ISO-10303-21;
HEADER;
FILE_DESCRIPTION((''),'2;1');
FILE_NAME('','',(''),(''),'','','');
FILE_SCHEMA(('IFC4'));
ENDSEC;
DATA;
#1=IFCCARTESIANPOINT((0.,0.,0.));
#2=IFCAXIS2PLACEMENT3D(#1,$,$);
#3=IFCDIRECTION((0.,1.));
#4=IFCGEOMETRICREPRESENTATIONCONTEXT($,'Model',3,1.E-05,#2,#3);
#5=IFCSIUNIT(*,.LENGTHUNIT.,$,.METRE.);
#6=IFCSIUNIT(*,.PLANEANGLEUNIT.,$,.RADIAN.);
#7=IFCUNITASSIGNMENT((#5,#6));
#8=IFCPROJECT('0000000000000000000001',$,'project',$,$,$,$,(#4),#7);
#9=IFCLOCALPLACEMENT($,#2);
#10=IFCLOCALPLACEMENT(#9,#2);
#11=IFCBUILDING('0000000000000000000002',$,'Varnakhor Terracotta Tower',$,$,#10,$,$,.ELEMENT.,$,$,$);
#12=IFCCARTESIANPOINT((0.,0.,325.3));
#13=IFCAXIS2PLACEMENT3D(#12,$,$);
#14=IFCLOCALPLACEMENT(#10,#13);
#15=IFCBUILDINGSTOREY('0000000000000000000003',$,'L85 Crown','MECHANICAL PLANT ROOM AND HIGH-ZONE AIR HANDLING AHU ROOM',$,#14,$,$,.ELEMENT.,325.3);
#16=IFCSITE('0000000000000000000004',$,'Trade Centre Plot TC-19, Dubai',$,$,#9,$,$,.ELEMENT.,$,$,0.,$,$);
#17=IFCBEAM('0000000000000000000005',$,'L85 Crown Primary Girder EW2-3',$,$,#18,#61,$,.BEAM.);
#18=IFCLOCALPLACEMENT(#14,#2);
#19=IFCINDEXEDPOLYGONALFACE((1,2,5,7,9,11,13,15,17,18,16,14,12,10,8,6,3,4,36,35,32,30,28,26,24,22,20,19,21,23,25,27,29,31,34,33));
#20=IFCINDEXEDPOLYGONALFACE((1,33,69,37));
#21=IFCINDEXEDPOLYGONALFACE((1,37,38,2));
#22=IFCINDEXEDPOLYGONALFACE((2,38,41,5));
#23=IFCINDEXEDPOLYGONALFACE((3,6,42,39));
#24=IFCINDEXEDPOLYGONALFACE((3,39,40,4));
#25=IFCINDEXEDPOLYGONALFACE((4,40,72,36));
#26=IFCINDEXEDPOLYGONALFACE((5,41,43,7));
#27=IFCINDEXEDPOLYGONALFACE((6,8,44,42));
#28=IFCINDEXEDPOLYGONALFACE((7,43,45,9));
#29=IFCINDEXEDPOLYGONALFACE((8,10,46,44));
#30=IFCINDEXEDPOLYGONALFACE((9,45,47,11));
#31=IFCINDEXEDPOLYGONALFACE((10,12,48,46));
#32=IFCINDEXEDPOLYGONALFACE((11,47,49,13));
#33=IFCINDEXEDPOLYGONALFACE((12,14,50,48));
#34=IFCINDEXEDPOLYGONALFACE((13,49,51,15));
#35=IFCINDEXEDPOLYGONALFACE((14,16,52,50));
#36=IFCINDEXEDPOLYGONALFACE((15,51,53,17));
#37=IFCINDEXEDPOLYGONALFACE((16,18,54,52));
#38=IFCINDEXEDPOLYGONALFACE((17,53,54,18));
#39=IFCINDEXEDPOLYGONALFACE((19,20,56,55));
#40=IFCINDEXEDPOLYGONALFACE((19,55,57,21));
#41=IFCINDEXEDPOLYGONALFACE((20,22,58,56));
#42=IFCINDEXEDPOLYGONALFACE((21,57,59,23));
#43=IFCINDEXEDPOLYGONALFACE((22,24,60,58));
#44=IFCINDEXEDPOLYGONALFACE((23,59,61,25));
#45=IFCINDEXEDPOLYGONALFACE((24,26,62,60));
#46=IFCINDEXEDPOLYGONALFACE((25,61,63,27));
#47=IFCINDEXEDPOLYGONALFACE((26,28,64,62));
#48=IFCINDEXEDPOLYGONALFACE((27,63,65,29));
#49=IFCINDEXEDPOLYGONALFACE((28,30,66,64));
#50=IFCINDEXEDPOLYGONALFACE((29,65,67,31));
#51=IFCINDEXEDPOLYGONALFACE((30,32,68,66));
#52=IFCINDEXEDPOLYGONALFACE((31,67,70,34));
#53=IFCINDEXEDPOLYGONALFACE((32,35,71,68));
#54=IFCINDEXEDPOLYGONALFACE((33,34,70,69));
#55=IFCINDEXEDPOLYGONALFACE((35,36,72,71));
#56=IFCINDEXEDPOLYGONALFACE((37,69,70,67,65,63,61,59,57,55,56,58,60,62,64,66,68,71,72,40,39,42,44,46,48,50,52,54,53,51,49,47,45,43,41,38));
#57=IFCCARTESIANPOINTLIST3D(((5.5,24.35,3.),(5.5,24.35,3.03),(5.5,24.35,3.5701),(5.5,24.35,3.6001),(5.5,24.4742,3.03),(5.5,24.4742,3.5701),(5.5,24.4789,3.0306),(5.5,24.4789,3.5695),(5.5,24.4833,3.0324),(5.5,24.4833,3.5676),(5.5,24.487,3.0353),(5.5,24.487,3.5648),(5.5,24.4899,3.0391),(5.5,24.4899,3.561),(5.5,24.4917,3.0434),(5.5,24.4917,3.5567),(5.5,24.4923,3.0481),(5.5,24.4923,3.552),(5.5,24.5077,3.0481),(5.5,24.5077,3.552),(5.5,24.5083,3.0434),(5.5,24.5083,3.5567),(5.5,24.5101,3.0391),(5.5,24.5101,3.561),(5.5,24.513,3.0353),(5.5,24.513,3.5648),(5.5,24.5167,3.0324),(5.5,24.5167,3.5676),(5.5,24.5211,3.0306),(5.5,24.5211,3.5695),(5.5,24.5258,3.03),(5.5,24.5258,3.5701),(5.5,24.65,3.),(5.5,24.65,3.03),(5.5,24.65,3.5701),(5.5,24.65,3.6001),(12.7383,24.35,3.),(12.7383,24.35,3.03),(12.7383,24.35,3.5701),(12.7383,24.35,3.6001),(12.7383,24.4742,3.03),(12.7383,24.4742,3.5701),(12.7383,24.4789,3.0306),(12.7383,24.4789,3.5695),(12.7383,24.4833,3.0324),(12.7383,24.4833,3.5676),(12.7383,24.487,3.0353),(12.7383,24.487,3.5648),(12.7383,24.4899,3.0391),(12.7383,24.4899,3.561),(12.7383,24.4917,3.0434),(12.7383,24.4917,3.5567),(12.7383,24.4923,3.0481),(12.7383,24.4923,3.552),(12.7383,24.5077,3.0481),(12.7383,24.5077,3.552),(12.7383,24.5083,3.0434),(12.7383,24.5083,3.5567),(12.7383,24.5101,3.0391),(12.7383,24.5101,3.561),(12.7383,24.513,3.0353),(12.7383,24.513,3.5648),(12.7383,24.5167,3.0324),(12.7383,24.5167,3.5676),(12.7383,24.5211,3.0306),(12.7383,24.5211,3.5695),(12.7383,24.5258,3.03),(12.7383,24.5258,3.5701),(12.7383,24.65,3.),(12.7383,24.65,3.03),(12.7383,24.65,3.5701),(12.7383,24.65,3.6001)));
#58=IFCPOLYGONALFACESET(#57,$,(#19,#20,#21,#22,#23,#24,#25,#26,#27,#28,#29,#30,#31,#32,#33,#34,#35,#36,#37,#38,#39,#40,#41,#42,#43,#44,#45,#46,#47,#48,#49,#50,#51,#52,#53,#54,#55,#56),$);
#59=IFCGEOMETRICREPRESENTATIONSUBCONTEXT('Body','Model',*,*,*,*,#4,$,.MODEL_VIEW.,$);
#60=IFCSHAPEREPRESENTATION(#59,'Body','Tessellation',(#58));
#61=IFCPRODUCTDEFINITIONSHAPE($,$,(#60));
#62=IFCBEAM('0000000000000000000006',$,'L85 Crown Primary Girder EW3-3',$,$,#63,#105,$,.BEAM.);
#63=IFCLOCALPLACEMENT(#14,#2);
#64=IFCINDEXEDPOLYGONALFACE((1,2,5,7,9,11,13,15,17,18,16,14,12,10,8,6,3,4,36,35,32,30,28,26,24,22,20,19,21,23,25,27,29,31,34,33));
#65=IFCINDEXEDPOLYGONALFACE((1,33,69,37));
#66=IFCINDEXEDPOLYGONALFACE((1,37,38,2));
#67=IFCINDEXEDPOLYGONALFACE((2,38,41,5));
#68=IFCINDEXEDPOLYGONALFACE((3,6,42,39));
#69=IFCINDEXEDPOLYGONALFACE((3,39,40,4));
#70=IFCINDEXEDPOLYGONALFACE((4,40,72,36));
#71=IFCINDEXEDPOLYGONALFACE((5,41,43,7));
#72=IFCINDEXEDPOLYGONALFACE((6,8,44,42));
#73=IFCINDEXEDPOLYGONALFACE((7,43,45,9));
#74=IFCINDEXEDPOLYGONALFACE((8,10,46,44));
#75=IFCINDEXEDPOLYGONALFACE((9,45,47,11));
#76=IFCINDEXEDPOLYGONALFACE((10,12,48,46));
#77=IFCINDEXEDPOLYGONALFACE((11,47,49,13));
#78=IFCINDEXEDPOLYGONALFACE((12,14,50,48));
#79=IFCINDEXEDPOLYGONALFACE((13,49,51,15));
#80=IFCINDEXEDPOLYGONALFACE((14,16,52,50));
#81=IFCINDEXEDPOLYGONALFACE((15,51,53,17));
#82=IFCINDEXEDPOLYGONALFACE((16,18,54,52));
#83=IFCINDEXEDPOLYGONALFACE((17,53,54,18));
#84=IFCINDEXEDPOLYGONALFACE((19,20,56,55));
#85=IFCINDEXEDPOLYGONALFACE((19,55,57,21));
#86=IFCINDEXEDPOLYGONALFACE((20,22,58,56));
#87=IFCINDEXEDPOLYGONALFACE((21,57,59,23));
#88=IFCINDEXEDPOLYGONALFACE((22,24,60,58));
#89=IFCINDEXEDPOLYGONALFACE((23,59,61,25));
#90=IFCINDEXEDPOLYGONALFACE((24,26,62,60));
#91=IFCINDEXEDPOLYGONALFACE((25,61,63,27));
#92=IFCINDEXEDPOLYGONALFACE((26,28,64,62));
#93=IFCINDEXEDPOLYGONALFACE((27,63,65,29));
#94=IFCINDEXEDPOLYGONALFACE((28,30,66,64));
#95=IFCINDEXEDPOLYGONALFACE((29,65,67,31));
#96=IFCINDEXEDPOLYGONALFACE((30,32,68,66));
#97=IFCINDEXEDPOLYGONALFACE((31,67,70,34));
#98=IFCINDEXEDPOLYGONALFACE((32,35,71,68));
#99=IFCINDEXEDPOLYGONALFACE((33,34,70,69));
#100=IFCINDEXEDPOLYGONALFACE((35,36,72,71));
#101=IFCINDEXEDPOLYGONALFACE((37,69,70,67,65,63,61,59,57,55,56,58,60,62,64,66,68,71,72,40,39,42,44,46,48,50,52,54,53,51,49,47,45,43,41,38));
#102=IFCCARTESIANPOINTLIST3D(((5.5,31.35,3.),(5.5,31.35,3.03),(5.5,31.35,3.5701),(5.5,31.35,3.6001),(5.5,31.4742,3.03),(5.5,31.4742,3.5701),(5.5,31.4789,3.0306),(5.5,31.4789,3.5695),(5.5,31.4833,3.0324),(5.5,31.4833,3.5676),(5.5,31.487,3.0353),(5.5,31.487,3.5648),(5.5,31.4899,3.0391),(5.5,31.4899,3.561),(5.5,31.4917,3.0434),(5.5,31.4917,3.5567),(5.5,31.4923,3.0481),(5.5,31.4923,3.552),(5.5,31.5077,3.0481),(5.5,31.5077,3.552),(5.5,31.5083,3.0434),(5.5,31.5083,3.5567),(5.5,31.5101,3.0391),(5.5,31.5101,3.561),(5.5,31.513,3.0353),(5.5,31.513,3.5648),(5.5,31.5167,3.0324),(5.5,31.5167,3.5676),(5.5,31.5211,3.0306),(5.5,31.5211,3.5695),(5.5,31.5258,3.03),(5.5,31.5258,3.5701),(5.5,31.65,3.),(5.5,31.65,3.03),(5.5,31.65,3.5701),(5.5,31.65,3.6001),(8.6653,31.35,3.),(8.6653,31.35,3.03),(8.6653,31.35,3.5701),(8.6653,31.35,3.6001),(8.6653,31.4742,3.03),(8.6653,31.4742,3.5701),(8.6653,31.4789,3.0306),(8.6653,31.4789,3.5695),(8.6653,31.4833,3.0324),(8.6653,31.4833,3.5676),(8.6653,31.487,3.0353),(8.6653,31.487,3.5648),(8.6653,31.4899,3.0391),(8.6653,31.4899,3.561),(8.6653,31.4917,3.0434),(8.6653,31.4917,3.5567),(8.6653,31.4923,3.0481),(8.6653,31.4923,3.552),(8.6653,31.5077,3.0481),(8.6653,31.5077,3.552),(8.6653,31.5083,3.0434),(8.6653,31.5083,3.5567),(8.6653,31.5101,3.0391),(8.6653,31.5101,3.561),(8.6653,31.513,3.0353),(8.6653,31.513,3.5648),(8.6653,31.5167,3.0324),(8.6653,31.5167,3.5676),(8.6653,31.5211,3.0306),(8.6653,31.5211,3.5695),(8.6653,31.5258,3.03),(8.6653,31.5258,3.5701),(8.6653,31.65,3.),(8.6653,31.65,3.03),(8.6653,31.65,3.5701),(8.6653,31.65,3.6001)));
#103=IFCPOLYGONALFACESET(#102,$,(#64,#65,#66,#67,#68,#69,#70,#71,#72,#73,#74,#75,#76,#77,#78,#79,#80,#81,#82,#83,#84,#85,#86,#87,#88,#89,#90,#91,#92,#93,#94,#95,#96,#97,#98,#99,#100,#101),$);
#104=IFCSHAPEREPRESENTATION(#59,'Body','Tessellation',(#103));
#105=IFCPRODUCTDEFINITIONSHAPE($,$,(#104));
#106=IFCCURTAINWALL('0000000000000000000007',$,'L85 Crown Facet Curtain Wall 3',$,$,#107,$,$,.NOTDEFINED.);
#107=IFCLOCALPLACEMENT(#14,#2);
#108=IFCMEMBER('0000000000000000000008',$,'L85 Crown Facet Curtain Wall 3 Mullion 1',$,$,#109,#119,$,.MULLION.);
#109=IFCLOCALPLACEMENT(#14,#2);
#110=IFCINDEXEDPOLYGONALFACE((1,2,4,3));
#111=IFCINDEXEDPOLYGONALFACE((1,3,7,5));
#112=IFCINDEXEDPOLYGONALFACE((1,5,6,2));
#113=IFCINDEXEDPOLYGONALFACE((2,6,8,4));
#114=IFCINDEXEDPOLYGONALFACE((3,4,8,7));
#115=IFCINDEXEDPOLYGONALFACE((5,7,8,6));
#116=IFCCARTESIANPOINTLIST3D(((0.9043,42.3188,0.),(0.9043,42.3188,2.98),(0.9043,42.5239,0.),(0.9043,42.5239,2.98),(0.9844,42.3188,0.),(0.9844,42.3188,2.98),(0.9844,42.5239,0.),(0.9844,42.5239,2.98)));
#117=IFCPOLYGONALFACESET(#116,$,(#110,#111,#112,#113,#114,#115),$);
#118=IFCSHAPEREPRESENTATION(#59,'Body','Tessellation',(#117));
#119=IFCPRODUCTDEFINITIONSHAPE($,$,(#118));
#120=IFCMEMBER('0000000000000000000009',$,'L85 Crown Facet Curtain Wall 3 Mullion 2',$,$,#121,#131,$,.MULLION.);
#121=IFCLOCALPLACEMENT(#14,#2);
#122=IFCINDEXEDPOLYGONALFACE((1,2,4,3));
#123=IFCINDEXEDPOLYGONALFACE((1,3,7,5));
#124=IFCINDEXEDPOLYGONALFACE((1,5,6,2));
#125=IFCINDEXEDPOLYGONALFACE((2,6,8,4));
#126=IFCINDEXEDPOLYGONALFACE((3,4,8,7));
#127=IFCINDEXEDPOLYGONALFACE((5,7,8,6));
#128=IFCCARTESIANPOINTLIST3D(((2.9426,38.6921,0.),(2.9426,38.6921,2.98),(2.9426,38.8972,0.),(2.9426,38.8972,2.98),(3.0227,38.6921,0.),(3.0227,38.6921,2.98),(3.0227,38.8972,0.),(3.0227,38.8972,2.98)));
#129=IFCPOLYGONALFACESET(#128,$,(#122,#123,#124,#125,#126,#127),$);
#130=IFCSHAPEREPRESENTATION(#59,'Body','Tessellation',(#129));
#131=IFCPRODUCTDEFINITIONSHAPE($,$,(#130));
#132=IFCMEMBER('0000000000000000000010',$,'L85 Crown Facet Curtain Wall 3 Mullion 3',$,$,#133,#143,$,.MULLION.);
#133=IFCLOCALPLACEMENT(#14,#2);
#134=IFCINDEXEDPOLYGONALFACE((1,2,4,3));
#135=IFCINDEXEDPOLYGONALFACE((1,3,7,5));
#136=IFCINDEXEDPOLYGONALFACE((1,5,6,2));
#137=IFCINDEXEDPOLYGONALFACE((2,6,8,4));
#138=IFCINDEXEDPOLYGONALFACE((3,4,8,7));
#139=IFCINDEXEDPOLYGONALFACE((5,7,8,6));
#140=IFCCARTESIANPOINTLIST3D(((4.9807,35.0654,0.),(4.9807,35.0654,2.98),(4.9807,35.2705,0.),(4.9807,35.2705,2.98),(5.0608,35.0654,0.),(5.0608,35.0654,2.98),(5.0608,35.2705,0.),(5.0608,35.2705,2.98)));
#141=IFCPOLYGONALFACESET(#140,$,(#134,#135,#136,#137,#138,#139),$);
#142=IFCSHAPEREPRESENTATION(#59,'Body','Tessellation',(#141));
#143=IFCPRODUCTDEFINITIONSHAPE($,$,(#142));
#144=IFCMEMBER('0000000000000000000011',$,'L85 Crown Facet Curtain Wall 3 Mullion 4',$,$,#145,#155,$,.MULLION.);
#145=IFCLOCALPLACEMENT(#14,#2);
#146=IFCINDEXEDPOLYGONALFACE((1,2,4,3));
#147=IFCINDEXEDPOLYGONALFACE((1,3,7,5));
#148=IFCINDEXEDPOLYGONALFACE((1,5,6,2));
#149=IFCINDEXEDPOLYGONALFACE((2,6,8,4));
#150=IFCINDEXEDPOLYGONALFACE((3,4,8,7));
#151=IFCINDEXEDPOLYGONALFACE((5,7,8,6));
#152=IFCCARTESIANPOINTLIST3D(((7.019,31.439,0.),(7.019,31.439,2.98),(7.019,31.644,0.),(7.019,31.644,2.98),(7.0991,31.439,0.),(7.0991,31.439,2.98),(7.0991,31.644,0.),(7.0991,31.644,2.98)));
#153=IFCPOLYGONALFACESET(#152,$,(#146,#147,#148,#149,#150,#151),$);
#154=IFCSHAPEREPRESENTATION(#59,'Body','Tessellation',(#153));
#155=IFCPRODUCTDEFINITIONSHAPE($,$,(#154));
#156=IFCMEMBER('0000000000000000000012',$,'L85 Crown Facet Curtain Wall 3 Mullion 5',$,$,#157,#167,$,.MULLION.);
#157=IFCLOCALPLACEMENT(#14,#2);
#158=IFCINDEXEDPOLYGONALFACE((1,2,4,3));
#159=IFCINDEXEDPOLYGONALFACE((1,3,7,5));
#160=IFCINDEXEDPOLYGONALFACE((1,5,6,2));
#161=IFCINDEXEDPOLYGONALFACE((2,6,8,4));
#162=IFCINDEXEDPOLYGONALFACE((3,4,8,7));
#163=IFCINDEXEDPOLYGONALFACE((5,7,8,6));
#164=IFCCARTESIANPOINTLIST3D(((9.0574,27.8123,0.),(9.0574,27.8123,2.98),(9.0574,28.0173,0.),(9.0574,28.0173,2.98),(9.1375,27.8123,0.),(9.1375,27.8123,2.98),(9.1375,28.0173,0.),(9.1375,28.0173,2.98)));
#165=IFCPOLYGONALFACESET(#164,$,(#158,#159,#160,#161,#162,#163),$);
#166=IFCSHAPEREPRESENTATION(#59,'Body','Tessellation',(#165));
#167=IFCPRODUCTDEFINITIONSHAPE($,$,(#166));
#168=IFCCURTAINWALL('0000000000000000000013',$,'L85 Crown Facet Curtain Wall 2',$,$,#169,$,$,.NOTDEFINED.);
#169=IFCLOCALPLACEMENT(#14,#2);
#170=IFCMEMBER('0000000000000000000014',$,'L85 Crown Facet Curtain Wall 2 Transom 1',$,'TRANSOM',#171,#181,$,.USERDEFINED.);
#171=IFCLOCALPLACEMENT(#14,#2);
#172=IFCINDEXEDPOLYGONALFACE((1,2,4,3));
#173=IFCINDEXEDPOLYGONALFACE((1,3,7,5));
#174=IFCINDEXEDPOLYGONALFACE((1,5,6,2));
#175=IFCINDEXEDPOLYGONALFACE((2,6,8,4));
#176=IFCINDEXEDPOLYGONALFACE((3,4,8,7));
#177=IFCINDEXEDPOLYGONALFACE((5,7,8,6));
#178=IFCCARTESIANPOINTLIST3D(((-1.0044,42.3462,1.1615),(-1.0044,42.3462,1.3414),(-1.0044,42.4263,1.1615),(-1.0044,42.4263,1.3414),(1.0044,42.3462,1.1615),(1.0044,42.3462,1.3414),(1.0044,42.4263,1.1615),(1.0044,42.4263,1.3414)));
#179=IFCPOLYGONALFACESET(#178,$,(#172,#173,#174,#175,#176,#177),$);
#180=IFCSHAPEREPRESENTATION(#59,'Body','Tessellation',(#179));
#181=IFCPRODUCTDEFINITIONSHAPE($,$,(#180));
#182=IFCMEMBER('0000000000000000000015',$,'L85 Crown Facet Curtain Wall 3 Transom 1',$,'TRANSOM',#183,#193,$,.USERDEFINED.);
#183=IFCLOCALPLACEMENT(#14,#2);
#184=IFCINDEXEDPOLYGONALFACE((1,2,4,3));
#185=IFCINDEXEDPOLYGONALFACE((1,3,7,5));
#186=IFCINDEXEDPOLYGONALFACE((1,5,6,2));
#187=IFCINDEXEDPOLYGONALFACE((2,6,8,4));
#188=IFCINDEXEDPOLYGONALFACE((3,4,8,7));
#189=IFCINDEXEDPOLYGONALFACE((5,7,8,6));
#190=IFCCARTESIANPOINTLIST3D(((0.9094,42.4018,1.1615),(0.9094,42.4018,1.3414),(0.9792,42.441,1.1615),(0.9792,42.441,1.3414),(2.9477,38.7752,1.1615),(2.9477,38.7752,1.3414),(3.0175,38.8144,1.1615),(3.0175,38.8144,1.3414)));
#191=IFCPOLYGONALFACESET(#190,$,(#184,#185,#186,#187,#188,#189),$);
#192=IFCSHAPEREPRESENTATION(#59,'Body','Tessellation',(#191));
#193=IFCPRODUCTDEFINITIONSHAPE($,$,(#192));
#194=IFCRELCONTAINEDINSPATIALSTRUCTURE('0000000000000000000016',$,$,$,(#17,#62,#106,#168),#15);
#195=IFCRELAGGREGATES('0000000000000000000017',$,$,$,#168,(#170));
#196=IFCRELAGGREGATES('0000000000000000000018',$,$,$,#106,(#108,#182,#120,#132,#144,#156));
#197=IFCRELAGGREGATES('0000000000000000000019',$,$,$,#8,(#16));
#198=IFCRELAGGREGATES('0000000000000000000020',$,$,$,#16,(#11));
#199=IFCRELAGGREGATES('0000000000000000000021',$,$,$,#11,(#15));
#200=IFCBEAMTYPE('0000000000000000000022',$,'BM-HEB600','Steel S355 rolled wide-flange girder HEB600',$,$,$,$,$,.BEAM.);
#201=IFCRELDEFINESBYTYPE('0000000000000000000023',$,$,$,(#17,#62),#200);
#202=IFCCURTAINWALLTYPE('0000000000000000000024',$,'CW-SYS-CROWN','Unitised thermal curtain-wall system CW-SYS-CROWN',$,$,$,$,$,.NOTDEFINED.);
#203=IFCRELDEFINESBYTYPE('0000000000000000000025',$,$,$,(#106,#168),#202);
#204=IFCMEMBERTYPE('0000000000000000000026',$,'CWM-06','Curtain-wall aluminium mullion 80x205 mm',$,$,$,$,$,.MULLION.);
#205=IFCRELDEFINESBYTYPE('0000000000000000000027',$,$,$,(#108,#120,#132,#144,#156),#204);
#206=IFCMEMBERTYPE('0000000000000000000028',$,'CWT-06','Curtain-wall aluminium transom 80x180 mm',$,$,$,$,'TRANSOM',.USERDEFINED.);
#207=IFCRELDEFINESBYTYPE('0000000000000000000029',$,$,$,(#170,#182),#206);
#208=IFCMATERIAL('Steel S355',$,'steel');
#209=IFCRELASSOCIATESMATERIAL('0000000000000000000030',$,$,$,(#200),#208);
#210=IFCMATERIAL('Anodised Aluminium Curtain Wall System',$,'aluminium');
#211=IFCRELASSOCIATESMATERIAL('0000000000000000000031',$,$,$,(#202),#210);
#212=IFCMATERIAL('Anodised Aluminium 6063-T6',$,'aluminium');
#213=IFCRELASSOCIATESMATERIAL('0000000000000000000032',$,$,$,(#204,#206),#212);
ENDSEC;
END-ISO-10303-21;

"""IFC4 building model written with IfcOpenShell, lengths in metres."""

from ifc_helpers import new_model, si_unit, direction, frame, origin, origin_2d, place, context, subcontext, project, spatial, rectangle, i_section, extrude, source, transform, mapped, material, material_profile, profile_set, type_object, type_shapes, element, aggregate, save


model = new_model("IFC4")

# Units and contexts
model_context = context("Model", 3, precision=1e-05, world=origin(), true_north=direction((0.0, 1.0)))
body_context = subcontext(model_context, "Body", "Model", "MODEL_VIEW")
ifc_project = project(units=[si_unit("LENGTHUNIT", "METRE"), si_unit("PLANEANGLEUNIT", "RADIAN")], contexts=[model_context])

# Site, building, storey
site_placement = place(None, origin())
site = spatial("IfcSite", under=ifc_project, at=site_placement, Name="Trade Centre Plot TC-19, Dubai", CompositionType="ELEMENT", RefElevation=0.0)
building_placement = place(site_placement, origin())
building = spatial("IfcBuilding", under=site, at=building_placement, Name="Varnakhor Terracotta Tower", CompositionType="ELEMENT")
storey_placement = place(building_placement, frame((0.0, 0.0, 325.3)))
storey = spatial("IfcBuildingStorey", under=building, at=storey_placement, Name="L85 Crown", Description="MECHANICAL PLANT ROOM AND HIGH-ZONE AIR HANDLING AHU ROOM", CompositionType="ELEMENT", Elevation=325.3)

# Shared definitions
ifc_material_1 = material(Name="Steel S355", Category="steel")

# Beams
ifc_material_profile_1 = material_profile(ifc_material_1, i_section(OverallWidth=0.3, OverallDepth=0.6001, WebThickness=0.0154, FlangeThickness=0.03, FilletRadius=0.0181, at=origin_2d()), Name="HEB600")
ifc_profile_set_1 = profile_set([ifc_material_profile_1], Name="Steel S355")
beam_type = type_object("IfcBeamType", Name="BM-HEB600", Description="Steel S355 rolled wide-flange girder HEB600", PredefinedType="BEAM", material=ifc_profile_set_1)
shared_shape_1 = source(origin(), body_context, "Body", "SweptSolid", [
    extrude(i_section(OverallWidth=0.3, OverallDepth=0.6001, WebThickness=0.0154, FlangeThickness=0.03, FilletRadius=0.0181, at=origin_2d()), origin(), (0.0, 0.0, 1.0), 7.2383),
])
beam_1_placement = place(storey_placement, frame((5.5, 24.5, 3.3), z_axis=(1.0, 0.0, 0.0), x_axis=(0.0, 1.0, 0.0)))
element("IfcBeam", 1, at=beam_1_placement, inside=storey, type_object=beam_type, Name="L85 Crown Primary Girder EW2-3", PredefinedType="BEAM", context=body_context, shape_type="MappedRepresentation", body=[
    mapped(shared_shape_1, transform((0.0, 0.0, 0.0), scale=1.0)),
])
shared_shape_2 = source(origin(), body_context, "Body", "SweptSolid", [
    extrude(i_section(OverallWidth=0.3, OverallDepth=0.6001, WebThickness=0.0154, FlangeThickness=0.03, FilletRadius=0.0181, at=origin_2d()), origin(), (0.0, 0.0, 1.0), 3.1653),
])
beam_2_placement = place(storey_placement, frame((5.5, 31.5, 3.3), z_axis=(1.0, 0.0, 0.0), x_axis=(0.0, 1.0, 0.0)))
element("IfcBeam", 2, at=beam_2_placement, inside=storey, type_object=beam_type, Name="L85 Crown Primary Girder EW3-3", PredefinedType="BEAM", context=body_context, shape_type="MappedRepresentation", body=[
    mapped(shared_shape_2, transform((0.0, 0.0, 0.0), scale=1.0)),
])

# Curtain wall, members
ifc_material_2 = material(Name="Anodised Aluminium Curtain Wall System", Category="aluminium")
curtain_wall_type = type_object("IfcCurtainWallType", Name="CW-SYS-CROWN", Description="Unitised thermal curtain-wall system CW-SYS-CROWN", PredefinedType="NOTDEFINED", material=ifc_material_2)
curtain_wall_1_placement = place(storey_placement, origin())
curtain_wall_1 = element("IfcCurtainWall", 3, at=curtain_wall_1_placement, inside=storey, type_object=curtain_wall_type, Name="L85 Crown Facet Curtain Wall 3", PredefinedType="NOTDEFINED")
ifc_material_3 = material(Name="Anodised Aluminium 6063-T6", Category="aluminium")
ifc_material_profile_2 = material_profile(ifc_material_3, rectangle(XDim=0.0801, YDim=0.2051, at=origin_2d()), Name="ALU MULLION 80x205")
ifc_profile_set_2 = profile_set([ifc_material_profile_2], Name="Anodised Aluminium 6063-T6")
member_type_1 = type_object("IfcMemberType", Name="CWM-06", Description="Curtain-wall aluminium mullion 80x205 mm", PredefinedType="MULLION", material=ifc_profile_set_2)
shared_shape_3 = source(origin(), body_context, "Body", "SweptSolid", [
    extrude(rectangle(XDim=0.0801, YDim=0.2051, at=origin_2d()), origin(), (0.0, 0.0, 1.0), 2.98),
])
type_shapes(member_type_1, [shared_shape_3])
member_1_placement = place(storey_placement, frame((0.9443, 42.4214, 0.0), z_axis=(0.0, 0.0, 1.0), x_axis=(1.0, 0.0, 0.0)))
member_1 = element("IfcMember", 4, at=member_1_placement, type_object=member_type_1, Name="L85 Crown Facet Curtain Wall 3 Mullion 1", PredefinedType="MULLION", context=body_context, shape_type="MappedRepresentation", body=[
    mapped(shared_shape_3, transform((0.0, 0.0, 0.0), scale=1.0)),
])
member_2_placement = place(storey_placement, frame((2.9827, 38.7947, 0.0), z_axis=(0.0, 0.0, 1.0), x_axis=(1.0, 0.0, 0.0)))
member_2 = element("IfcMember", 5, at=member_2_placement, type_object=member_type_1, Name="L85 Crown Facet Curtain Wall 3 Mullion 2", PredefinedType="MULLION", context=body_context, shape_type="MappedRepresentation", body=[
    mapped(shared_shape_3, transform((0.0, 0.0, 0.0), scale=1.0)),
])
member_3_placement = place(storey_placement, frame((5.0208, 35.168, 0.0), z_axis=(0.0, 0.0, 1.0), x_axis=(1.0, 0.0, 0.0)))
member_3 = element("IfcMember", 6, at=member_3_placement, type_object=member_type_1, Name="L85 Crown Facet Curtain Wall 3 Mullion 3", PredefinedType="MULLION", context=body_context, shape_type="MappedRepresentation", body=[
    mapped(shared_shape_3, transform((0.0, 0.0, 0.0), scale=1.0)),
])
member_4_placement = place(storey_placement, frame((7.0591, 31.5415, 0.0), z_axis=(0.0, 0.0, 1.0), x_axis=(1.0, 0.0, 0.0)))
member_4 = element("IfcMember", 7, at=member_4_placement, type_object=member_type_1, Name="L85 Crown Facet Curtain Wall 3 Mullion 4", PredefinedType="MULLION", context=body_context, shape_type="MappedRepresentation", body=[
    mapped(shared_shape_3, transform((0.0, 0.0, 0.0), scale=1.0)),
])
member_5_placement = place(storey_placement, frame((9.0974, 27.9148, 0.0), z_axis=(0.0, 0.0, 1.0), x_axis=(1.0, 0.0, 0.0)))
member_5 = element("IfcMember", 8, at=member_5_placement, type_object=member_type_1, Name="L85 Crown Facet Curtain Wall 3 Mullion 5", PredefinedType="MULLION", context=body_context, shape_type="MappedRepresentation", body=[
    mapped(shared_shape_3, transform((0.0, 0.0, 0.0), scale=1.0)),
])

# Curtain wall, member
curtain_wall_2_placement = place(storey_placement, origin())
curtain_wall_2 = element("IfcCurtainWall", 9, at=curtain_wall_2_placement, inside=storey, type_object=curtain_wall_type, Name="L85 Crown Facet Curtain Wall 2", PredefinedType="NOTDEFINED")
ifc_material_profile_3 = material_profile(ifc_material_3, rectangle(XDim=0.0801, YDim=0.1799, at=origin_2d()), Name="ALU TRANSOM 80x180")
ifc_profile_set_3 = profile_set([ifc_material_profile_3], Name="Anodised Aluminium 6063-T6")
member_type_2 = type_object("IfcMemberType", Name="CWT-06", Description="Curtain-wall aluminium transom 80x180 mm", ElementType="TRANSOM", PredefinedType="USERDEFINED", material=ifc_profile_set_3)
shared_shape_4 = source(origin(), body_context, "Body", "SweptSolid", [
    extrude(rectangle(XDim=0.0801, YDim=0.1799, at=origin_2d()), origin(), (0.0, 0.0, 1.0), 2.0088),
])
member_6_placement = place(storey_placement, frame((-1.0044, 42.3862, 1.2515), z_axis=(1.0, 0.0, 0.0), x_axis=(0.0, 1.0, 0.0)))
member_6 = element("IfcMember", 10, at=member_6_placement, type_object=member_type_2, Name="L85 Crown Facet Curtain Wall 2 Transom 1", ObjectType="TRANSOM", PredefinedType="USERDEFINED", context=body_context, shape_type="MappedRepresentation", body=[
    mapped(shared_shape_4, transform((0.0, 0.0, 0.0), scale=1.0)),
])

# Member
shared_shape_5 = source(origin(), body_context, "Body", "SweptSolid", [
    extrude(rectangle(XDim=0.0801, YDim=0.1799, at=origin_2d()), origin(), (0.0, 0.0, 1.0), 4.1602),
])
member_7_placement = place(storey_placement, frame((0.9443, 42.4214, 1.2515), z_axis=(0.489952, -0.871749, 0.0), x_axis=(0.871749, 0.489952, 0.0)))
member_7 = element("IfcMember", 11, at=member_7_placement, type_object=member_type_2, Name="L85 Crown Facet Curtain Wall 3 Transom 1", ObjectType="TRANSOM", PredefinedType="USERDEFINED", context=body_context, shape_type="MappedRepresentation", body=[
    mapped(shared_shape_5, transform((0.0, 0.0, 0.0), scale=1.0)),
])

aggregate(curtain_wall_2, [member_6])
aggregate(curtain_wall_1, [member_1, member_7, member_2, member_3, member_4, member_5])

save(model, "model.ifc")
